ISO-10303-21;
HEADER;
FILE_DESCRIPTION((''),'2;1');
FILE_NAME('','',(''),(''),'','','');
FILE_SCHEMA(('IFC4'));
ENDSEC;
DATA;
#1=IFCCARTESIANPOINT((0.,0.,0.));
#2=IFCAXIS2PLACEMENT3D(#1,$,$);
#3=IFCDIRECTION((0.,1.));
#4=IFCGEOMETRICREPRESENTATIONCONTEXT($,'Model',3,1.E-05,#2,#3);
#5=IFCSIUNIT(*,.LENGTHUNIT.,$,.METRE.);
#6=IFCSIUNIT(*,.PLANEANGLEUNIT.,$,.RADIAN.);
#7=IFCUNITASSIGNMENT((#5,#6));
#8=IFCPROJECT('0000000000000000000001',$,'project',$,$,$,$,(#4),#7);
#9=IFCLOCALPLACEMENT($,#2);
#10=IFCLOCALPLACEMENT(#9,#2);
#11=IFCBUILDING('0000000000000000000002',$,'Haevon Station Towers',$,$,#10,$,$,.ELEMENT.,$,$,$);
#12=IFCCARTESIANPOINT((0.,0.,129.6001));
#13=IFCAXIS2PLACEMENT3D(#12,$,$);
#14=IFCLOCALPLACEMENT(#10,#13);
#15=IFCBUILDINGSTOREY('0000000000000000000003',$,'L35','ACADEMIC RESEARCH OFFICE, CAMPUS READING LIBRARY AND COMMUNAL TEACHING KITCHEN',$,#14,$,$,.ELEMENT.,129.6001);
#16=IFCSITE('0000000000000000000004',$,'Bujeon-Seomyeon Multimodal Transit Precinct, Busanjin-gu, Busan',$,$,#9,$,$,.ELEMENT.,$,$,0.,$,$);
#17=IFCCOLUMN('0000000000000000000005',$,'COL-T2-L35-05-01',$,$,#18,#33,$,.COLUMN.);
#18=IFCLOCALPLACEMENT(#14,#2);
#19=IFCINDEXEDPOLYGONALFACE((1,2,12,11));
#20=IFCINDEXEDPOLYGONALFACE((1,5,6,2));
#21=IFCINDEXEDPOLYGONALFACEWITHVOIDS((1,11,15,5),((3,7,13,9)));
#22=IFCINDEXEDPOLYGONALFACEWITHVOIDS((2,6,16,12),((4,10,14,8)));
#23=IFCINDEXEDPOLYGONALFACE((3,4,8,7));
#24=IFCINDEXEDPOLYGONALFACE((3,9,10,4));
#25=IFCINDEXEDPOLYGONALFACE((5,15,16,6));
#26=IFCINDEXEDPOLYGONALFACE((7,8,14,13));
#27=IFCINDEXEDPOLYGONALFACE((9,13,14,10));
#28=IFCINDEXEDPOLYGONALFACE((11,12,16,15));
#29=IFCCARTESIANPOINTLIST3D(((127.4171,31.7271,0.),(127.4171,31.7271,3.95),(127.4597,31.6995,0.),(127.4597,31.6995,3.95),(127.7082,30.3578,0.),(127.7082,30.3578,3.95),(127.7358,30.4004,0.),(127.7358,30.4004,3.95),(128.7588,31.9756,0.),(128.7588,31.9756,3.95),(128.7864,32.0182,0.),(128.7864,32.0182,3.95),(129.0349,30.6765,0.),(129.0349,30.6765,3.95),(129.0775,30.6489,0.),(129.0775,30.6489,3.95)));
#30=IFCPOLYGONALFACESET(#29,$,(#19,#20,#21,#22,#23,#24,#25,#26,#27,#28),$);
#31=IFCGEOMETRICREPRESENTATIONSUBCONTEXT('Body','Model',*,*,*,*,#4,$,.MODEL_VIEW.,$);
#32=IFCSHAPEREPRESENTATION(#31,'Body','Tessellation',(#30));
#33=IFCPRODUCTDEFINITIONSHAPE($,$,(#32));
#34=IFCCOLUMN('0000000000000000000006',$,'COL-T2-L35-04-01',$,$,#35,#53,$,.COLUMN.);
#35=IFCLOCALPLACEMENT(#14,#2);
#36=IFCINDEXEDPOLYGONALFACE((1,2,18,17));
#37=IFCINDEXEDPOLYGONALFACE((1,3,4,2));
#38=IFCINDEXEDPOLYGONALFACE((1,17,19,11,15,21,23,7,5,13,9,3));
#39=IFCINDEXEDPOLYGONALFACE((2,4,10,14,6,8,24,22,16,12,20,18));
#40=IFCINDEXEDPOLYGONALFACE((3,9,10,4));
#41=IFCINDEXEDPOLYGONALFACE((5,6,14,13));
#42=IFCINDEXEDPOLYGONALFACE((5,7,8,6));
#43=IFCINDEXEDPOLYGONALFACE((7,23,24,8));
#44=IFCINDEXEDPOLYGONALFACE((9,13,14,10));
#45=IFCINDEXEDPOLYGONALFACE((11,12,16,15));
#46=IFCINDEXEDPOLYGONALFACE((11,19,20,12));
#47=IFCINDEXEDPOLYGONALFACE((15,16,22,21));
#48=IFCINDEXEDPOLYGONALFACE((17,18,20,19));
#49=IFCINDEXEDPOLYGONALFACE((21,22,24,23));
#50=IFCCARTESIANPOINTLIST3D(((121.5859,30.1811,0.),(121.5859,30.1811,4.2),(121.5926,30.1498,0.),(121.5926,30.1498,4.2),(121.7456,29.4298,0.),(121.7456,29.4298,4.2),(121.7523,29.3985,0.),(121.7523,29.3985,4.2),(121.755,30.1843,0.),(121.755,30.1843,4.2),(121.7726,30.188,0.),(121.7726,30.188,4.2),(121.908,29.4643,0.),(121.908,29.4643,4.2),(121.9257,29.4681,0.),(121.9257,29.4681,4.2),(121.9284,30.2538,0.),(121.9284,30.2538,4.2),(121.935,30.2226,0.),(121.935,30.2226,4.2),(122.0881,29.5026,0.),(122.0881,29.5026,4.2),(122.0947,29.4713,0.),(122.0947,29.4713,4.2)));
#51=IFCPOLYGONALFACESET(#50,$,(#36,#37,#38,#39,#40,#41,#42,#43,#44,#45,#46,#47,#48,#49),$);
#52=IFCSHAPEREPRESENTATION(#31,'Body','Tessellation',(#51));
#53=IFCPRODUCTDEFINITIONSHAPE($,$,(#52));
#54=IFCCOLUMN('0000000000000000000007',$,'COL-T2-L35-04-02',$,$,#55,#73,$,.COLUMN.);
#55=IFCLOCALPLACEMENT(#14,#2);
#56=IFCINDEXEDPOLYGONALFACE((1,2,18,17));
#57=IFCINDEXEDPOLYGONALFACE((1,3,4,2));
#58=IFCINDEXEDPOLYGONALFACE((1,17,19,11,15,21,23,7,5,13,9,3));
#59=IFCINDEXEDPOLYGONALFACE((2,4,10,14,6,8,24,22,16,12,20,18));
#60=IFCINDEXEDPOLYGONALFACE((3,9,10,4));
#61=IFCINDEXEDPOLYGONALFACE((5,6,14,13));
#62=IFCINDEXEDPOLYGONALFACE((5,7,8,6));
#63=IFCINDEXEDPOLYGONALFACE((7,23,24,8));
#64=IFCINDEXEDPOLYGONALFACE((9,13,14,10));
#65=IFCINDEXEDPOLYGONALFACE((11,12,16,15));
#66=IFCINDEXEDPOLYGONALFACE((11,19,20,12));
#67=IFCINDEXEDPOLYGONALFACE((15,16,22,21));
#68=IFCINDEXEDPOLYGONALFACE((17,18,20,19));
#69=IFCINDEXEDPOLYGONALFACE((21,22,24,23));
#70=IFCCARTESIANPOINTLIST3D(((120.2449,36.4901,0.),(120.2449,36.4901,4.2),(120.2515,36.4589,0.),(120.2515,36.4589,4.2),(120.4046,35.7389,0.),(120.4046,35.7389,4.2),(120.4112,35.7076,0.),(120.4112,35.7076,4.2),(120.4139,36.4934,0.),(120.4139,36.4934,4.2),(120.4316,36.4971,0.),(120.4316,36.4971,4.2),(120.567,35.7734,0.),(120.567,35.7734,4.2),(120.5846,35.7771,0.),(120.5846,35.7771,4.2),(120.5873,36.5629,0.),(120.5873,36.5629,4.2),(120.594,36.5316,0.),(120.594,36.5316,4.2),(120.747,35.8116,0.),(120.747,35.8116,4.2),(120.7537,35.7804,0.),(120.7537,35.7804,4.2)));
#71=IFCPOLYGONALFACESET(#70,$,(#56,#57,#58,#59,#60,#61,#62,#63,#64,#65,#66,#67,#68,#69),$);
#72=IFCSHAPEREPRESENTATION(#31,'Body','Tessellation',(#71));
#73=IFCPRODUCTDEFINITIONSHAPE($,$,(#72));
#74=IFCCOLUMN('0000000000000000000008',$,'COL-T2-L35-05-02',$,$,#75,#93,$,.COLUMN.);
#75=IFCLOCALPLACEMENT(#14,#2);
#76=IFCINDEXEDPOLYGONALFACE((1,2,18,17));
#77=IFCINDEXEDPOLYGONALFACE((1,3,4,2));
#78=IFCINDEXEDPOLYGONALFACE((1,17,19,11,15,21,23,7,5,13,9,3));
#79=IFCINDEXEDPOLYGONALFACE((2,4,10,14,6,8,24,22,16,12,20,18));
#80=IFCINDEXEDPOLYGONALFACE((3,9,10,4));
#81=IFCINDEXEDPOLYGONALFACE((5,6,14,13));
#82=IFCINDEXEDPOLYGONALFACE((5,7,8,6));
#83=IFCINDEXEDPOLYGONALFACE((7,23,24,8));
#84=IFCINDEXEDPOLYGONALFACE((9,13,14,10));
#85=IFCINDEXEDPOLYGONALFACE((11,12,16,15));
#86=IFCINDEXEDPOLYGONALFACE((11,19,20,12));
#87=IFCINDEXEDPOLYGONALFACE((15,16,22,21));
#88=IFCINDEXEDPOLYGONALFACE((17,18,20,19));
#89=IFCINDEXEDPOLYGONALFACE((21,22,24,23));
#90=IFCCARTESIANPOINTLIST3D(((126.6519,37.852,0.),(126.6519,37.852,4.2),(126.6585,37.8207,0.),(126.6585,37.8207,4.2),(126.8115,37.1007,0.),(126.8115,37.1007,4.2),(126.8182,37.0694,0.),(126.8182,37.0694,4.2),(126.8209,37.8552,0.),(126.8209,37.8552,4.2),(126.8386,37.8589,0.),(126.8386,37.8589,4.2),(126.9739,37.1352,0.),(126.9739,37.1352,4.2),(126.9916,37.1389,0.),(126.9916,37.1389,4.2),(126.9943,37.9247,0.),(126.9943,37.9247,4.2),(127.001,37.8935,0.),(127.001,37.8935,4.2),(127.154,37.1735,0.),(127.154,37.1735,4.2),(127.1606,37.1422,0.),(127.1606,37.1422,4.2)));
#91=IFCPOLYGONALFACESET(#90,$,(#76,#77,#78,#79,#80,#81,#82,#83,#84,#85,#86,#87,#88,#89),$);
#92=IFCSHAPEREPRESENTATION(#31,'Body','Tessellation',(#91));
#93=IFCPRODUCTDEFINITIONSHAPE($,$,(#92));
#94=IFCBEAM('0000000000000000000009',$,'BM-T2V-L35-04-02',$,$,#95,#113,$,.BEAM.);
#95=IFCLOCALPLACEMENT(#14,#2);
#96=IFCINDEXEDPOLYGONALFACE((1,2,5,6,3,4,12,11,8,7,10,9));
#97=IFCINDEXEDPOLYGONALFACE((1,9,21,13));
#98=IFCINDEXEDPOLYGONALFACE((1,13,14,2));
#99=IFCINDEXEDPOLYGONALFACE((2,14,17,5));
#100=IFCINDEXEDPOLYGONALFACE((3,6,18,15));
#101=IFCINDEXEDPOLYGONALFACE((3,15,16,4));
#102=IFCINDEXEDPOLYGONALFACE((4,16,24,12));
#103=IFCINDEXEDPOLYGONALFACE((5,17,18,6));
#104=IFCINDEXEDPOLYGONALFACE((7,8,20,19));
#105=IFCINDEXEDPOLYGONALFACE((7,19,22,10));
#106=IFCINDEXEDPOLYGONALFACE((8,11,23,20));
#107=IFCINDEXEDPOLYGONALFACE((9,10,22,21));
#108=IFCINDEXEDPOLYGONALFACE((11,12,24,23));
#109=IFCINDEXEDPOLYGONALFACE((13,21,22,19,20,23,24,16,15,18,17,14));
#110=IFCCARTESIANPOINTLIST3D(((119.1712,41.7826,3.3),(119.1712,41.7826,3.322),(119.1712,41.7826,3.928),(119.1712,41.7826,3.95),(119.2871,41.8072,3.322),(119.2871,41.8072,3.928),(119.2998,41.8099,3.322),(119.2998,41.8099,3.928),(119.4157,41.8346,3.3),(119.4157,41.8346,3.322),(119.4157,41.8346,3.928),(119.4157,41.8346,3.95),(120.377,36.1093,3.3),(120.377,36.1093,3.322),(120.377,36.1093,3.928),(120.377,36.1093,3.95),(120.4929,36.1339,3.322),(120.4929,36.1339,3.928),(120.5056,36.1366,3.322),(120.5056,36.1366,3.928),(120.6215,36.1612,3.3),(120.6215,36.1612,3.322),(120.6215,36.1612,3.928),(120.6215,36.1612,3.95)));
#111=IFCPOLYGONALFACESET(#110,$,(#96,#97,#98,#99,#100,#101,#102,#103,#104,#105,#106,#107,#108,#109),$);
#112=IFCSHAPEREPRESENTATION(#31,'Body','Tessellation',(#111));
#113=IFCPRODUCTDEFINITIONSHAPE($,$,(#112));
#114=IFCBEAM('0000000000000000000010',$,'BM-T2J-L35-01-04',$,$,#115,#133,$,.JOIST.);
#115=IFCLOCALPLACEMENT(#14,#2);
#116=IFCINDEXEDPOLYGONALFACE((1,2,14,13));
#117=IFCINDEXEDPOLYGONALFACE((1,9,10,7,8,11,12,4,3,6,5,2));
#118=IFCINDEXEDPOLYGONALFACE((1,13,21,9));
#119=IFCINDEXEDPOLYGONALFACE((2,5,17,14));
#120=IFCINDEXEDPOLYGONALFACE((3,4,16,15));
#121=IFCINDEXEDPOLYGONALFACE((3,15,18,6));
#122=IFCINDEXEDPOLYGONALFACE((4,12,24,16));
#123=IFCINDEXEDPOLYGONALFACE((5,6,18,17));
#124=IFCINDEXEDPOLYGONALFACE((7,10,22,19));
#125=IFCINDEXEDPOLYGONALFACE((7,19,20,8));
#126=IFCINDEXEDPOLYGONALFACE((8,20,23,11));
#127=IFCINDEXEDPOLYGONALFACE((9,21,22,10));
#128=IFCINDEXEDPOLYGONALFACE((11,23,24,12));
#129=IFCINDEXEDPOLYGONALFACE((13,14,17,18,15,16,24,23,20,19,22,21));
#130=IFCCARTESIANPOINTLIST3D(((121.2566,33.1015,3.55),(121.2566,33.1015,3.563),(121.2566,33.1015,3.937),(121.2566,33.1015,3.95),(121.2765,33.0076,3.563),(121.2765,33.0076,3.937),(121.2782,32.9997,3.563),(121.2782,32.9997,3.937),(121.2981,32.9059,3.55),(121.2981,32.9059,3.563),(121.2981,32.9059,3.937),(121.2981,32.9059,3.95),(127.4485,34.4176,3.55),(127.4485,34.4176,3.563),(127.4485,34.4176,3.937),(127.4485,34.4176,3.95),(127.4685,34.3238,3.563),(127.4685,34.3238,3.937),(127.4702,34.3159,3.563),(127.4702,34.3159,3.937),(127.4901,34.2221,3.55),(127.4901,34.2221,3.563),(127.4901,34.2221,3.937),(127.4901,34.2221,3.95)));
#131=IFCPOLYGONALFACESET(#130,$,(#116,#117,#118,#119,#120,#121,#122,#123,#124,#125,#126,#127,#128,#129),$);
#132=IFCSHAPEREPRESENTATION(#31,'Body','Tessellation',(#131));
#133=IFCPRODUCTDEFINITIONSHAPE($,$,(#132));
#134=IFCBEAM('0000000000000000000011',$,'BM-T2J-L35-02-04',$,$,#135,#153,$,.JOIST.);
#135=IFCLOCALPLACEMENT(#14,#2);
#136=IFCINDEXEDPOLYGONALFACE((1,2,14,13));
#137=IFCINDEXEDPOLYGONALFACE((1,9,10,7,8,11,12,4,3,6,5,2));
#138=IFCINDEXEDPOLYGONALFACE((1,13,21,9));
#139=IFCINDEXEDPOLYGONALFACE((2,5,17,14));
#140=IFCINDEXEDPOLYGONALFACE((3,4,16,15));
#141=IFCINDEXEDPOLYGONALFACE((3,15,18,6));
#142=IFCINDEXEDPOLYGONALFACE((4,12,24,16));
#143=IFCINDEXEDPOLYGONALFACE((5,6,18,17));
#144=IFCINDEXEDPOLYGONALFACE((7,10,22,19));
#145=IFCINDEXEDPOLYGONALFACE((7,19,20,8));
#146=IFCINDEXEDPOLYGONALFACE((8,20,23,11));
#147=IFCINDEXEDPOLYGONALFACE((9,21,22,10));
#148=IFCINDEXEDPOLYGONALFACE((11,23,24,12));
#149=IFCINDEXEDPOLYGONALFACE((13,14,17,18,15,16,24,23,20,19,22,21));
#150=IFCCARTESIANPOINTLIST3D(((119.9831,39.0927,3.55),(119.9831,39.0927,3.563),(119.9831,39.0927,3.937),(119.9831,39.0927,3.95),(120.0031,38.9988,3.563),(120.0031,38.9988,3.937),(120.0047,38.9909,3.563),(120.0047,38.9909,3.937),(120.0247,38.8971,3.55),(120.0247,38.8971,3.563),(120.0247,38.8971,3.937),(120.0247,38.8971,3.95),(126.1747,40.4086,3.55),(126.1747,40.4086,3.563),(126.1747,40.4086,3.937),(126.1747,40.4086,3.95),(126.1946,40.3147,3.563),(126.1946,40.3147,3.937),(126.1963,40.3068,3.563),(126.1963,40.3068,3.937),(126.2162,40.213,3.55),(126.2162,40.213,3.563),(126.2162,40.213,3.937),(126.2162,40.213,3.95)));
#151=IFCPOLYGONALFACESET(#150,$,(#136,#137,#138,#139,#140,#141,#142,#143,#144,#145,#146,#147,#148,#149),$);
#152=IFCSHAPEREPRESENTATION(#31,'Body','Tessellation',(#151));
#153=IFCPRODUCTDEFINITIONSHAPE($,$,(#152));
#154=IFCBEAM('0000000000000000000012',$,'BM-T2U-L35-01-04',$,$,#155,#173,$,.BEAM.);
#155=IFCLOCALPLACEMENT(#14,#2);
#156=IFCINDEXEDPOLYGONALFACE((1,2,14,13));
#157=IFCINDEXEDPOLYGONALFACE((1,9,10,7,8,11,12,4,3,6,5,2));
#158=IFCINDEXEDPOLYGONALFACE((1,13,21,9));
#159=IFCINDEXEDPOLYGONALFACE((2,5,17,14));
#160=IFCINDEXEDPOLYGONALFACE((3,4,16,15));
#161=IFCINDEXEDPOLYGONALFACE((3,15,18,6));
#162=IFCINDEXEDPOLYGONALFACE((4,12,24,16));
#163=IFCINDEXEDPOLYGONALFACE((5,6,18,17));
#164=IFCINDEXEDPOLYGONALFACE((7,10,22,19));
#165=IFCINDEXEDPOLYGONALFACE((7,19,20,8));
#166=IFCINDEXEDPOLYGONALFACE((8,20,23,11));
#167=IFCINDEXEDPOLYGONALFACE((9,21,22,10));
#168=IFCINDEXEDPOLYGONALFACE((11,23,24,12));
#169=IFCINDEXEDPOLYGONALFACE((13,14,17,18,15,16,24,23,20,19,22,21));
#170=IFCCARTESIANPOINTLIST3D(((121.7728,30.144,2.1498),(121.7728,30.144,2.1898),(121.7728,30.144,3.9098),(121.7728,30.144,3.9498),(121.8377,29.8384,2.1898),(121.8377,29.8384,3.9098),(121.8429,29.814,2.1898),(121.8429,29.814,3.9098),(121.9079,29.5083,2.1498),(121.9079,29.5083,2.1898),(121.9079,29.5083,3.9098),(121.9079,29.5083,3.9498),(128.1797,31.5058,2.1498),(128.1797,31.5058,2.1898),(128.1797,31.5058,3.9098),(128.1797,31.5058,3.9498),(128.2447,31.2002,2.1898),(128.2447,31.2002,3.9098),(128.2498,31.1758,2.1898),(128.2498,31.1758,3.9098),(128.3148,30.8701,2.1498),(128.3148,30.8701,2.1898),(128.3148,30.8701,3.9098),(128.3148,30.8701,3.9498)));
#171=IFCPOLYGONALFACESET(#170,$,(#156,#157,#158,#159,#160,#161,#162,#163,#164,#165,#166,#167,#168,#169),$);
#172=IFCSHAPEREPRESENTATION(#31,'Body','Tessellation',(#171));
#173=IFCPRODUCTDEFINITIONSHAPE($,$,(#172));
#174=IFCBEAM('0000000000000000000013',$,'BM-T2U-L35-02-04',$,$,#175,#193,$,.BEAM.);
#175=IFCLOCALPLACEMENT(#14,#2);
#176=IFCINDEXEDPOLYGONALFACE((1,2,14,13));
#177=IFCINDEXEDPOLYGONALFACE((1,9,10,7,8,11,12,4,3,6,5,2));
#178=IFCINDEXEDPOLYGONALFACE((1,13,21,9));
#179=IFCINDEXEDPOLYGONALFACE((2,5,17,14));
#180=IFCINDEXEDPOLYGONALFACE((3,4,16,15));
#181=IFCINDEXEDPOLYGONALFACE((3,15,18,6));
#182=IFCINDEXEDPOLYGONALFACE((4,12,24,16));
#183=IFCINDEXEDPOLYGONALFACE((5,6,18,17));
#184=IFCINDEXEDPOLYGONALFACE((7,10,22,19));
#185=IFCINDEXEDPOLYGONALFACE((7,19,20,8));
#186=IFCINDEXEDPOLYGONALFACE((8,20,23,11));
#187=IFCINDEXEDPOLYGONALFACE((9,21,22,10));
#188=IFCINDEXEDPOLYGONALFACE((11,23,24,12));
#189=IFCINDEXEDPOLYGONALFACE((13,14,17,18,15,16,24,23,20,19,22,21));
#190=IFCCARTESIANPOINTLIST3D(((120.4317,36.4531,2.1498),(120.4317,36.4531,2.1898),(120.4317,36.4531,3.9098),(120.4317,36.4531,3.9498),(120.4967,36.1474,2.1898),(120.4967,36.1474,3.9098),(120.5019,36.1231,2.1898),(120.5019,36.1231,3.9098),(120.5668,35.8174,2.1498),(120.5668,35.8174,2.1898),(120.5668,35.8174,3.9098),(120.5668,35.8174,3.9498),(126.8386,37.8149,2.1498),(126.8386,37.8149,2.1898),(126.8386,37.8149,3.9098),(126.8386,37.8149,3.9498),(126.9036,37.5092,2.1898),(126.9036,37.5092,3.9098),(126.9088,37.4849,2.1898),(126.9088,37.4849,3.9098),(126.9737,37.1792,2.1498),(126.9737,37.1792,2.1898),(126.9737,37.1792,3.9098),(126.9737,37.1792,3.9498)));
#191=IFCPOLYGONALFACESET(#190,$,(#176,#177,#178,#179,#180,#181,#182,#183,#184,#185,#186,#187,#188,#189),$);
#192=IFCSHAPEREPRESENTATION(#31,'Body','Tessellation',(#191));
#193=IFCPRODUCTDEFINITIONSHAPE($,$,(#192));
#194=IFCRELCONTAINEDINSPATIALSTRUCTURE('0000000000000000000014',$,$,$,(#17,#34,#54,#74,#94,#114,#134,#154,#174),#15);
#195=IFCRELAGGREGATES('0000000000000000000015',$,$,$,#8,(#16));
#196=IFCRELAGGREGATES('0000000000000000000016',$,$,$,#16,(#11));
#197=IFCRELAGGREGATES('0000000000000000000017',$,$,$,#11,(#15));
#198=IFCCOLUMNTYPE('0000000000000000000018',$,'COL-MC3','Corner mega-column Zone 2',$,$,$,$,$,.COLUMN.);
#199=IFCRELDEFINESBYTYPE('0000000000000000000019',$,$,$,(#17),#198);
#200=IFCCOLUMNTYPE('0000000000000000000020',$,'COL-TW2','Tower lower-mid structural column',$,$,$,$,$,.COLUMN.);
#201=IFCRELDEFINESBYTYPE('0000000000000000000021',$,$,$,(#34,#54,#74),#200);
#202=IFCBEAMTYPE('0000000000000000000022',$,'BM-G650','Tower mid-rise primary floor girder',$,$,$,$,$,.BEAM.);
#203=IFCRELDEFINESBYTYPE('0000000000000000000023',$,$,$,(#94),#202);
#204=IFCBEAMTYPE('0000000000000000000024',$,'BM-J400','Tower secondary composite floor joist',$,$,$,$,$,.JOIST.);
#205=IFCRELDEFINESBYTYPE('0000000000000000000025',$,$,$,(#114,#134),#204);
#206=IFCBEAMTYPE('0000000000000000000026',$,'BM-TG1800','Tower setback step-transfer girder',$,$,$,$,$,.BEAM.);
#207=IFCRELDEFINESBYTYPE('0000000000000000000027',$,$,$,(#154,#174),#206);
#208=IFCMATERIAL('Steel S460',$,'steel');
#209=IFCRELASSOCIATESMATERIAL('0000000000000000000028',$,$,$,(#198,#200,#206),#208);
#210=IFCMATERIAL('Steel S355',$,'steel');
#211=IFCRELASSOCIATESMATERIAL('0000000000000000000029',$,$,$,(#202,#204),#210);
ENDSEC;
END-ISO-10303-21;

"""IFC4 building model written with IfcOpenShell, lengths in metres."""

from ifc_helpers import new_model, si_unit, direction, frame, origin, origin_2d, place, context, subcontext, project, spatial, hollow_rectangle, i_section, extrude, material, material_profile, profile_set, type_object, element, save


model = new_model("IFC4")

# Units and contexts
model_context = context("Model", 3, precision=1e-05, world=origin(), true_north=direction((0.0, 1.0)))
body_context = subcontext(model_context, "Body", "Model", "MODEL_VIEW")
ifc_project = project(units=[si_unit("LENGTHUNIT", "METRE"), si_unit("PLANEANGLEUNIT", "RADIAN")], contexts=[model_context])

# Site, building, storey
site_placement = place(None, origin())
site = spatial("IfcSite", under=ifc_project, at=site_placement, Name="Bujeon-Seomyeon Multimodal Transit Precinct, Busanjin-gu, Busan", CompositionType="ELEMENT", RefElevation=0.0)
building_placement = place(site_placement, origin())
building = spatial("IfcBuilding", under=site, at=building_placement, Name="Haevon Station Towers", CompositionType="ELEMENT")
storey_placement = place(building_placement, frame((0.0, 0.0, 129.6001)))
storey = spatial("IfcBuildingStorey", under=building, at=storey_placement, Name="L35", Description="ACADEMIC RESEARCH OFFICE, CAMPUS READING LIBRARY AND COMMUNAL TEACHING KITCHEN", CompositionType="ELEMENT", Elevation=129.6001)

# Columns
ifc_material_1 = material(Name="Steel S460", Category="steel")
ifc_material_profile_1 = material_profile(ifc_material_1, hollow_rectangle(XDim=1.3999, YDim=1.3999, WallThickness=0.0359, at=origin_2d()), Name="BOX-1400x1400x36")
ifc_profile_set_1 = profile_set([ifc_material_profile_1], Name="Steel S460")
column_type_1 = type_object("IfcColumnType", Name="COL-MC3", Description="Corner mega-column Zone 2", PredefinedType="COLUMN", material=ifc_profile_set_1)
column_placement = place(storey_placement, frame((128.2473, 31.188, 0.0), z_axis=(0.0, 0.0, 1.0), x_axis=(0.978148, 0.207912, 0.0)))
element("IfcColumn", 1, at=column_placement, inside=storey, type_object=column_type_1, Name="COL-T2-L35-05-01", PredefinedType="COLUMN", context=body_context, shape_type="SweptSolid", body=[
    extrude(hollow_rectangle(XDim=1.3999, YDim=1.3999, WallThickness=0.0359, at=origin_2d()), origin(), (0.0, 0.0, 1.0), 3.95),
])
ifc_material_profile_2 = material_profile(ifc_material_1, i_section(OverallWidth=0.3501, OverallDepth=0.8, WebThickness=0.0181, FlangeThickness=0.032, at=origin_2d()), Name="H-800x350x18x32")
ifc_profile_set_2 = profile_set([ifc_material_profile_2], Name="Steel S460")
column_type_2 = type_object("IfcColumnType", Name="COL-TW2", Description="Tower lower-mid structural column", PredefinedType="COLUMN", material=ifc_profile_set_2)
for number, where, z_axis, x_axis, name in (
    (2, (121.8403, 29.8262, 0.0), (0.0, 0.0, 1.0), (0.978148, 0.207912, 0.0), "COL-T2-L35-04-01"),
    (3, (120.4993, 36.1353, 0.0), (0.0, 0.0, 1.0), (0.978148, 0.207912, 0.0), "COL-T2-L35-04-02"),
    (4, (126.9062, 37.4971, 0.0), (0.0, 0.0, 1.0), (0.978148, 0.207912, 0.0), "COL-T2-L35-05-02"),
):
    element("IfcColumn", number, at=place(storey_placement, frame(where, z_axis=z_axis, x_axis=x_axis)), inside=storey, type_object=column_type_2, Name=name, PredefinedType="COLUMN", context=body_context, shape_type="SweptSolid", body=[
        extrude(i_section(OverallWidth=0.3501, OverallDepth=0.8, WebThickness=0.0181, FlangeThickness=0.032, at=origin_2d()), origin(), (0.0, 0.0, 1.0), 4.2),
    ])

# Beams
ifc_material_2 = material(Name="Steel S355", Category="steel")
ifc_material_profile_3 = material_profile(ifc_material_2, i_section(OverallWidth=0.25, OverallDepth=0.6499, WebThickness=0.0129, FlangeThickness=0.022, at=origin_2d()), Name="H-650x250x13x22")
ifc_profile_set_3 = profile_set([ifc_material_profile_3], Name="Steel S355")
beam_type_1 = type_object("IfcBeamType", Name="BM-G650", Description="Tower mid-rise primary floor girder", PredefinedType="BEAM", material=ifc_profile_set_3)
beam_1_placement = place(storey_placement, frame((120.4993, 36.1353, 3.625), z_axis=(-0.207896, 0.978151, 0.0), x_axis=(-0.978151, -0.207896, 0.0)))
element("IfcBeam", 5, at=beam_1_placement, inside=storey, type_object=beam_type_1, Name="BM-T2V-L35-04-02", PredefinedType="BEAM", context=body_context, shape_type="SweptSolid", body=[
    extrude(i_section(OverallWidth=0.25, OverallDepth=0.6499, WebThickness=0.0129, FlangeThickness=0.022, at=origin_2d()), origin(), (0.0, 0.0, 1.0), 5.8),
])
ifc_material_profile_4 = material_profile(ifc_material_2, i_section(OverallWidth=0.2, OverallDepth=0.3999, WebThickness=0.0081, FlangeThickness=0.0129, at=origin_2d()), Name="H-400x200x8x13")
ifc_profile_set_4 = profile_set([ifc_material_profile_4], Name="Steel S355")
beam_type_2 = type_object("IfcBeamType", Name="BM-J400", Description="Tower secondary composite floor joist", PredefinedType="JOIST", material=ifc_profile_set_4)
beam_2_placement = place(storey_placement, frame((121.2773, 33.0037, 3.75), z_axis=(0.978146, 0.207917, 0.0), x_axis=(-0.207917, 0.978146, 0.0)))
element("IfcBeam", 6, at=beam_2_placement, inside=storey, type_object=beam_type_2, Name="BM-T2J-L35-01-04", PredefinedType="JOIST", context=body_context, shape_type="SweptSolid", body=[
    extrude(i_section(OverallWidth=0.2, OverallDepth=0.3999, WebThickness=0.0081, FlangeThickness=0.0129, at=origin_2d()), origin(), (0.0, 0.0, 1.0), 6.3303),
])
beam_3_placement = place(storey_placement, frame((120.0039, 38.9949, 3.75), z_axis=(0.978153, 0.207888, 0.0), x_axis=(-0.207888, 0.978153, 0.0)))
element("IfcBeam", 7, at=beam_3_placement, inside=storey, type_object=beam_type_2, Name="BM-T2J-L35-02-04", PredefinedType="JOIST", context=body_context, shape_type="SweptSolid", body=[
    extrude(i_section(OverallWidth=0.2, OverallDepth=0.3999, WebThickness=0.0081, FlangeThickness=0.0129, at=origin_2d()), origin(), (0.0, 0.0, 1.0), 6.3298),
])
ifc_material_profile_5 = material_profile(ifc_material_1, i_section(OverallWidth=0.6499, OverallDepth=1.8, WebThickness=0.0249, FlangeThickness=0.04, at=origin_2d()), Name="H-1800x650x25x40")
ifc_profile_set_5 = profile_set([ifc_material_profile_5], Name="Steel S460")
beam_type_3 = type_object("IfcBeamType", Name="BM-TG1800", Description="Tower setback step-transfer girder", PredefinedType="BEAM", material=ifc_profile_set_5)
for number, where, z_axis, x_axis, name in (
    (8, (121.8403, 29.8262, 3.0498), (0.978149, 0.207907, 0.0), (-0.207907, 0.978149, 0.0), "BM-T2U-L35-01-04"),
    (9, (120.4993, 36.1353, 3.0498), (0.978149, 0.207907, 0.0), (-0.207907, 0.978149, 0.0), "BM-T2U-L35-02-04"),
):
    element("IfcBeam", number, at=place(storey_placement, frame(where, z_axis=z_axis, x_axis=x_axis)), inside=storey, type_object=beam_type_3, Name=name, PredefinedType="BEAM", context=body_context, shape_type="SweptSolid", body=[
        extrude(i_section(OverallWidth=0.6499, OverallDepth=1.8, WebThickness=0.0249, FlangeThickness=0.04, at=origin_2d()), origin(), (0.0, 0.0, 1.0), 6.55),
    ])

save(model, "model.ifc")
